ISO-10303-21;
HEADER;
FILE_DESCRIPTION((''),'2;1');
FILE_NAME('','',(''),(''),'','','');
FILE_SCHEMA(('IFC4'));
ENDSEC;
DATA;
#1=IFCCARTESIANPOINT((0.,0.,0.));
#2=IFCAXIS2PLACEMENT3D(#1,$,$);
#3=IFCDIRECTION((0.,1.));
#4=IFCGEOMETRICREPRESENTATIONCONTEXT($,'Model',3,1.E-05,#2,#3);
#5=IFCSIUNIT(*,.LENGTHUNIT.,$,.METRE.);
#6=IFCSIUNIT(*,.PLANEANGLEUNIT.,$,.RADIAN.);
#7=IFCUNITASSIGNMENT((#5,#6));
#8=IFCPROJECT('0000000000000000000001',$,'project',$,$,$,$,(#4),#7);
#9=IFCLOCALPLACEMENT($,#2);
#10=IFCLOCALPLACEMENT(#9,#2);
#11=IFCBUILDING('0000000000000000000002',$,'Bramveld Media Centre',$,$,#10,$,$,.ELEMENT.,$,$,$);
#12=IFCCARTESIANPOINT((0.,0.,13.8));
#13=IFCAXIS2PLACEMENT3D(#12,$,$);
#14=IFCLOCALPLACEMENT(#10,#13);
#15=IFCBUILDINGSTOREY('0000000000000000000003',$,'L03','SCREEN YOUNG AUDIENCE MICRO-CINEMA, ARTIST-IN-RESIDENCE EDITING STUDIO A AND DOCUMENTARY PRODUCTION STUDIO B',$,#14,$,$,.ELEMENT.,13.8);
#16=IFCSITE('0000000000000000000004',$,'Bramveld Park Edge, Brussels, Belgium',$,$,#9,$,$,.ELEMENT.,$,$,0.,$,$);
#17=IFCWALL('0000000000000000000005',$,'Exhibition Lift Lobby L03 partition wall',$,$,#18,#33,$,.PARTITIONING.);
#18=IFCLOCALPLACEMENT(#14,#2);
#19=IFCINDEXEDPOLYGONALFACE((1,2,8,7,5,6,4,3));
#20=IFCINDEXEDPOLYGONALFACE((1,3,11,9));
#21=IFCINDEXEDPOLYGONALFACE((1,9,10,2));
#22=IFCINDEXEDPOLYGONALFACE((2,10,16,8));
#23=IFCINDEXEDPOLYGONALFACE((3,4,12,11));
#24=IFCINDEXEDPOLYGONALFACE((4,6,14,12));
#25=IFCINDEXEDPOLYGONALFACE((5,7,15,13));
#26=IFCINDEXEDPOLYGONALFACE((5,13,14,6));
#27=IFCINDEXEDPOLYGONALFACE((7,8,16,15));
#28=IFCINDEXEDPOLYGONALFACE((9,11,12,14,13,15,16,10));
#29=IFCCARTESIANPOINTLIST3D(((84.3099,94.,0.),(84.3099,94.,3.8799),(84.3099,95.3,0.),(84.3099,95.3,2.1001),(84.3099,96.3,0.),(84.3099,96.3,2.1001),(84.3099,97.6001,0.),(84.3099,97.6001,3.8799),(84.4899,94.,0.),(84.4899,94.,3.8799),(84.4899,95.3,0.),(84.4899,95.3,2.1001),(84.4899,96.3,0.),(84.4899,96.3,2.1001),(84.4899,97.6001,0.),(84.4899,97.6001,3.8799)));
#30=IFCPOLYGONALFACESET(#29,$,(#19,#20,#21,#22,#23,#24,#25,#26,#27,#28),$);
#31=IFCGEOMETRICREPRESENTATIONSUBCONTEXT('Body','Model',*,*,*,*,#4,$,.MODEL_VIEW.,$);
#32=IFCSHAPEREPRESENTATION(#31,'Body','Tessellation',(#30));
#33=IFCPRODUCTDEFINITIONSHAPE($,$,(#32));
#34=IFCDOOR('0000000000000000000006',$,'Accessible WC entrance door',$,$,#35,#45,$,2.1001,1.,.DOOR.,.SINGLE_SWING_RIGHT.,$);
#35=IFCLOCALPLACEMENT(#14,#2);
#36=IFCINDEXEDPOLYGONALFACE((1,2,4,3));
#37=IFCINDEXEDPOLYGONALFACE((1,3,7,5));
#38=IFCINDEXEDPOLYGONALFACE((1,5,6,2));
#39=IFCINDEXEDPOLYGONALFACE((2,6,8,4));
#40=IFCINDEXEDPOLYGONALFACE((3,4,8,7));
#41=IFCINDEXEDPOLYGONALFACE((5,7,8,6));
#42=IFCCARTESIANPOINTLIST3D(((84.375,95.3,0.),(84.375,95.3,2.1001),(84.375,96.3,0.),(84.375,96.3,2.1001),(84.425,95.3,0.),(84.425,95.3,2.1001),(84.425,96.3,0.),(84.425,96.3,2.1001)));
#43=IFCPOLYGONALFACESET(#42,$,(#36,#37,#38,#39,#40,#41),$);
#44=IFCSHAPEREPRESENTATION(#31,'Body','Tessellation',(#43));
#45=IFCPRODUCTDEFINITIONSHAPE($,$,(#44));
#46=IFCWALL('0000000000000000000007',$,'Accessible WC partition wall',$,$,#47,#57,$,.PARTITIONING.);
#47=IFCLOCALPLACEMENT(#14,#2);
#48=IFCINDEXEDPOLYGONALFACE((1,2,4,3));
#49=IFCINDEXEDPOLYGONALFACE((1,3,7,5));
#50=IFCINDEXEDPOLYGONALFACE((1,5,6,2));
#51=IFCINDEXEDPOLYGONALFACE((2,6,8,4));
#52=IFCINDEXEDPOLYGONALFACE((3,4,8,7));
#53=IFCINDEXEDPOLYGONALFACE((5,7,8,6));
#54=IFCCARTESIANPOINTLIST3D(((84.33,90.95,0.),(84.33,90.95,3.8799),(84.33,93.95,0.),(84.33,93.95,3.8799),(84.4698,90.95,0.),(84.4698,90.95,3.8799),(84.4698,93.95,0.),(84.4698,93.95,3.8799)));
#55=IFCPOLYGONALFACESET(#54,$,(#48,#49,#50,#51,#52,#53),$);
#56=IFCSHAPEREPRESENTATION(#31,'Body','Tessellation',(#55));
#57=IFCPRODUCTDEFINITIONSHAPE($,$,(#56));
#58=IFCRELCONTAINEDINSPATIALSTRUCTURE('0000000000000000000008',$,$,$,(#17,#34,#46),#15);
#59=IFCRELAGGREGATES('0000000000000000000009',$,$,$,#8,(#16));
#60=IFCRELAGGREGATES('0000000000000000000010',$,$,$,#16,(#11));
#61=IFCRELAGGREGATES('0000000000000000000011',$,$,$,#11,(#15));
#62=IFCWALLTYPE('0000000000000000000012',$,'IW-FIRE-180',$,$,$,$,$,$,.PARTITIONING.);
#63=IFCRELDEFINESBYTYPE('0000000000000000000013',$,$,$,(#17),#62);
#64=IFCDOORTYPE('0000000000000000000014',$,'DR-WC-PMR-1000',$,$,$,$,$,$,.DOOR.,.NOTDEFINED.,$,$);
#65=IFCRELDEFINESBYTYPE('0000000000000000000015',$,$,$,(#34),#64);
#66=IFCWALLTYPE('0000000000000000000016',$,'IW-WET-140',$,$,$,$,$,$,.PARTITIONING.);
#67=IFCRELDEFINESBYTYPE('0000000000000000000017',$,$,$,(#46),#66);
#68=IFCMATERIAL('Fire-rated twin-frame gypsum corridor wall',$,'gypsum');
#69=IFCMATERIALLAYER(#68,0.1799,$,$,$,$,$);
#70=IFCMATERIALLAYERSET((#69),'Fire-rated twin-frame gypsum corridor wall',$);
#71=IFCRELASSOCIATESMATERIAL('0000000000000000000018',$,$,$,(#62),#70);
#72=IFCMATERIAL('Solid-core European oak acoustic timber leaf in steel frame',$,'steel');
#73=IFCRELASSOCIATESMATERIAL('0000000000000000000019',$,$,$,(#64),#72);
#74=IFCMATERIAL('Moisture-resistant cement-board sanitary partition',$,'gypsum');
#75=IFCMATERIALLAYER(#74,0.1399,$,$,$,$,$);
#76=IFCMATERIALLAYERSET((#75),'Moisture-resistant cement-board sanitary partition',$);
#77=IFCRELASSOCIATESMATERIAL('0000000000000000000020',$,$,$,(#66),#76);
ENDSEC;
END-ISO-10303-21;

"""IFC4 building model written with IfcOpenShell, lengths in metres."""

from ifc_helpers import new_model, si_unit, direction, frame, frame_2d, origin, place, context, subcontext, project, spatial, rectangle, extrude, material, layer, layer_set, type_object, element, fill, save


model = new_model("IFC4")

# Units and contexts
model_context = context("Model", 3, precision=1e-05, world=origin(), true_north=direction((0.0, 1.0)))
body_context = subcontext(model_context, "Body", "Model", "MODEL_VIEW")
ifc_project = project(units=[si_unit("LENGTHUNIT", "METRE"), si_unit("PLANEANGLEUNIT", "RADIAN")], contexts=[model_context])

# Site, building, storey
site_placement = place(None, origin())
site = spatial("IfcSite", under=ifc_project, at=site_placement, Name="Bramveld Park Edge, Brussels, Belgium", CompositionType="ELEMENT", RefElevation=0.0)
building_placement = place(site_placement, origin())
building = spatial("IfcBuilding", under=site, at=building_placement, Name="Bramveld Media Centre", CompositionType="ELEMENT")
storey_placement = place(building_placement, frame((0.0, 0.0, 13.8)))
storey = spatial("IfcBuildingStorey", under=building, at=storey_placement, Name="L03", Description="SCREEN YOUNG AUDIENCE MICRO-CINEMA, ARTIST-IN-RESIDENCE EDITING STUDIO A AND DOCUMENTARY PRODUCTION STUDIO B", CompositionType="ELEMENT", Elevation=13.8)

# Wall, opening, door
ifc_material_1 = material(Name="Fire-rated twin-frame gypsum corridor wall", Category="gypsum")
ifc_layer_1 = layer(ifc_material_1, 0.1799)
ifc_layer_set_1 = layer_set([ifc_layer_1], Name="Fire-rated twin-frame gypsum corridor wall")
wall_type_1 = type_object("IfcWallType", Name="IW-FIRE-180", PredefinedType="PARTITIONING", material=ifc_layer_set_1)
wall_1_placement = place(storey_placement, frame((84.3999, 94.0, 0.0), z_axis=(0.0, 0.0, 1.0), x_axis=(0.0, 1.0, 0.0)))
wall_1 = element("IfcWall", 1, at=wall_1_placement, inside=storey, type_object=wall_type_1, Name="Exhibition Lift Lobby L03 partition wall", PredefinedType="PARTITIONING", context=body_context, shape_type="SweptSolid", body=[
    extrude(rectangle(XDim=3.6001, YDim=0.1799, at=frame_2d((1.8, 0.0))), origin(), (0.0, 0.0, 1.0), 3.8799),
])
opening_1_placement = place(wall_1_placement, frame((1.3, 0.0, 0.0)))
opening_1 = element("IfcOpeningElement", 2, at=opening_1_placement, cuts=wall_1, PredefinedType="OPENING", context=body_context, shape_type="SweptSolid", body=[
    extrude(rectangle(XDim=1.0, YDim=2.1001, at=frame_2d((0.5, 1.05))), frame((0.0, 0.1021, 0.0), z_axis=(0.0, -1.0, 0.0), x_axis=(1.0, 0.0, 0.0)), (0.0, 0.0, 1.0), 0.2039),
])
ifc_material_2 = material(Name="Solid-core European oak acoustic timber leaf in steel frame", Category="steel")
door_type_1 = type_object("IfcDoorType", Name="DR-WC-PMR-1000", OperationType="NOTDEFINED", PredefinedType="DOOR", material=ifc_material_2)
door_1_placement = place(opening_1_placement, origin())
door_1 = element("IfcDoor", 3, at=door_1_placement, inside=storey, type_object=door_type_1, Name="Accessible WC entrance door", OperationType="SINGLE_SWING_RIGHT", OverallHeight=2.1001, OverallWidth=1.0, PredefinedType="DOOR", context=body_context, shape_type="SweptSolid", body=[
    extrude(rectangle(XDim=1.0, YDim=2.1001, at=frame_2d((0.5, 1.05))), frame((0.0, 0.0249, 0.0), z_axis=(0.0, -1.0, 0.0), x_axis=(1.0, 0.0, 0.0)), (0.0, 0.0, 1.0), 0.05),
])
fill(opening_1, door_1)

# Wall
ifc_material_3 = material(Name="Moisture-resistant cement-board sanitary partition", Category="gypsum")
ifc_layer_2 = layer(ifc_material_3, 0.1399)
ifc_layer_set_2 = layer_set([ifc_layer_2], Name="Moisture-resistant cement-board sanitary partition")
wall_type_2 = type_object("IfcWallType", Name="IW-WET-140", PredefinedType="PARTITIONING", material=ifc_layer_set_2)
wall_2_placement = place(storey_placement, frame((84.3999, 90.95, 0.0), z_axis=(0.0, 0.0, 1.0), x_axis=(0.0, 1.0, 0.0)))
element("IfcWall", 4, at=wall_2_placement, inside=storey, type_object=wall_type_2, Name="Accessible WC partition wall", PredefinedType="PARTITIONING", context=body_context, shape_type="SweptSolid", body=[
    extrude(rectangle(XDim=3.0, YDim=0.1399, at=frame_2d((1.5, 0.0))), origin(), (0.0, 0.0, 1.0), 3.8799),
])

save(model, "model.ifc")
